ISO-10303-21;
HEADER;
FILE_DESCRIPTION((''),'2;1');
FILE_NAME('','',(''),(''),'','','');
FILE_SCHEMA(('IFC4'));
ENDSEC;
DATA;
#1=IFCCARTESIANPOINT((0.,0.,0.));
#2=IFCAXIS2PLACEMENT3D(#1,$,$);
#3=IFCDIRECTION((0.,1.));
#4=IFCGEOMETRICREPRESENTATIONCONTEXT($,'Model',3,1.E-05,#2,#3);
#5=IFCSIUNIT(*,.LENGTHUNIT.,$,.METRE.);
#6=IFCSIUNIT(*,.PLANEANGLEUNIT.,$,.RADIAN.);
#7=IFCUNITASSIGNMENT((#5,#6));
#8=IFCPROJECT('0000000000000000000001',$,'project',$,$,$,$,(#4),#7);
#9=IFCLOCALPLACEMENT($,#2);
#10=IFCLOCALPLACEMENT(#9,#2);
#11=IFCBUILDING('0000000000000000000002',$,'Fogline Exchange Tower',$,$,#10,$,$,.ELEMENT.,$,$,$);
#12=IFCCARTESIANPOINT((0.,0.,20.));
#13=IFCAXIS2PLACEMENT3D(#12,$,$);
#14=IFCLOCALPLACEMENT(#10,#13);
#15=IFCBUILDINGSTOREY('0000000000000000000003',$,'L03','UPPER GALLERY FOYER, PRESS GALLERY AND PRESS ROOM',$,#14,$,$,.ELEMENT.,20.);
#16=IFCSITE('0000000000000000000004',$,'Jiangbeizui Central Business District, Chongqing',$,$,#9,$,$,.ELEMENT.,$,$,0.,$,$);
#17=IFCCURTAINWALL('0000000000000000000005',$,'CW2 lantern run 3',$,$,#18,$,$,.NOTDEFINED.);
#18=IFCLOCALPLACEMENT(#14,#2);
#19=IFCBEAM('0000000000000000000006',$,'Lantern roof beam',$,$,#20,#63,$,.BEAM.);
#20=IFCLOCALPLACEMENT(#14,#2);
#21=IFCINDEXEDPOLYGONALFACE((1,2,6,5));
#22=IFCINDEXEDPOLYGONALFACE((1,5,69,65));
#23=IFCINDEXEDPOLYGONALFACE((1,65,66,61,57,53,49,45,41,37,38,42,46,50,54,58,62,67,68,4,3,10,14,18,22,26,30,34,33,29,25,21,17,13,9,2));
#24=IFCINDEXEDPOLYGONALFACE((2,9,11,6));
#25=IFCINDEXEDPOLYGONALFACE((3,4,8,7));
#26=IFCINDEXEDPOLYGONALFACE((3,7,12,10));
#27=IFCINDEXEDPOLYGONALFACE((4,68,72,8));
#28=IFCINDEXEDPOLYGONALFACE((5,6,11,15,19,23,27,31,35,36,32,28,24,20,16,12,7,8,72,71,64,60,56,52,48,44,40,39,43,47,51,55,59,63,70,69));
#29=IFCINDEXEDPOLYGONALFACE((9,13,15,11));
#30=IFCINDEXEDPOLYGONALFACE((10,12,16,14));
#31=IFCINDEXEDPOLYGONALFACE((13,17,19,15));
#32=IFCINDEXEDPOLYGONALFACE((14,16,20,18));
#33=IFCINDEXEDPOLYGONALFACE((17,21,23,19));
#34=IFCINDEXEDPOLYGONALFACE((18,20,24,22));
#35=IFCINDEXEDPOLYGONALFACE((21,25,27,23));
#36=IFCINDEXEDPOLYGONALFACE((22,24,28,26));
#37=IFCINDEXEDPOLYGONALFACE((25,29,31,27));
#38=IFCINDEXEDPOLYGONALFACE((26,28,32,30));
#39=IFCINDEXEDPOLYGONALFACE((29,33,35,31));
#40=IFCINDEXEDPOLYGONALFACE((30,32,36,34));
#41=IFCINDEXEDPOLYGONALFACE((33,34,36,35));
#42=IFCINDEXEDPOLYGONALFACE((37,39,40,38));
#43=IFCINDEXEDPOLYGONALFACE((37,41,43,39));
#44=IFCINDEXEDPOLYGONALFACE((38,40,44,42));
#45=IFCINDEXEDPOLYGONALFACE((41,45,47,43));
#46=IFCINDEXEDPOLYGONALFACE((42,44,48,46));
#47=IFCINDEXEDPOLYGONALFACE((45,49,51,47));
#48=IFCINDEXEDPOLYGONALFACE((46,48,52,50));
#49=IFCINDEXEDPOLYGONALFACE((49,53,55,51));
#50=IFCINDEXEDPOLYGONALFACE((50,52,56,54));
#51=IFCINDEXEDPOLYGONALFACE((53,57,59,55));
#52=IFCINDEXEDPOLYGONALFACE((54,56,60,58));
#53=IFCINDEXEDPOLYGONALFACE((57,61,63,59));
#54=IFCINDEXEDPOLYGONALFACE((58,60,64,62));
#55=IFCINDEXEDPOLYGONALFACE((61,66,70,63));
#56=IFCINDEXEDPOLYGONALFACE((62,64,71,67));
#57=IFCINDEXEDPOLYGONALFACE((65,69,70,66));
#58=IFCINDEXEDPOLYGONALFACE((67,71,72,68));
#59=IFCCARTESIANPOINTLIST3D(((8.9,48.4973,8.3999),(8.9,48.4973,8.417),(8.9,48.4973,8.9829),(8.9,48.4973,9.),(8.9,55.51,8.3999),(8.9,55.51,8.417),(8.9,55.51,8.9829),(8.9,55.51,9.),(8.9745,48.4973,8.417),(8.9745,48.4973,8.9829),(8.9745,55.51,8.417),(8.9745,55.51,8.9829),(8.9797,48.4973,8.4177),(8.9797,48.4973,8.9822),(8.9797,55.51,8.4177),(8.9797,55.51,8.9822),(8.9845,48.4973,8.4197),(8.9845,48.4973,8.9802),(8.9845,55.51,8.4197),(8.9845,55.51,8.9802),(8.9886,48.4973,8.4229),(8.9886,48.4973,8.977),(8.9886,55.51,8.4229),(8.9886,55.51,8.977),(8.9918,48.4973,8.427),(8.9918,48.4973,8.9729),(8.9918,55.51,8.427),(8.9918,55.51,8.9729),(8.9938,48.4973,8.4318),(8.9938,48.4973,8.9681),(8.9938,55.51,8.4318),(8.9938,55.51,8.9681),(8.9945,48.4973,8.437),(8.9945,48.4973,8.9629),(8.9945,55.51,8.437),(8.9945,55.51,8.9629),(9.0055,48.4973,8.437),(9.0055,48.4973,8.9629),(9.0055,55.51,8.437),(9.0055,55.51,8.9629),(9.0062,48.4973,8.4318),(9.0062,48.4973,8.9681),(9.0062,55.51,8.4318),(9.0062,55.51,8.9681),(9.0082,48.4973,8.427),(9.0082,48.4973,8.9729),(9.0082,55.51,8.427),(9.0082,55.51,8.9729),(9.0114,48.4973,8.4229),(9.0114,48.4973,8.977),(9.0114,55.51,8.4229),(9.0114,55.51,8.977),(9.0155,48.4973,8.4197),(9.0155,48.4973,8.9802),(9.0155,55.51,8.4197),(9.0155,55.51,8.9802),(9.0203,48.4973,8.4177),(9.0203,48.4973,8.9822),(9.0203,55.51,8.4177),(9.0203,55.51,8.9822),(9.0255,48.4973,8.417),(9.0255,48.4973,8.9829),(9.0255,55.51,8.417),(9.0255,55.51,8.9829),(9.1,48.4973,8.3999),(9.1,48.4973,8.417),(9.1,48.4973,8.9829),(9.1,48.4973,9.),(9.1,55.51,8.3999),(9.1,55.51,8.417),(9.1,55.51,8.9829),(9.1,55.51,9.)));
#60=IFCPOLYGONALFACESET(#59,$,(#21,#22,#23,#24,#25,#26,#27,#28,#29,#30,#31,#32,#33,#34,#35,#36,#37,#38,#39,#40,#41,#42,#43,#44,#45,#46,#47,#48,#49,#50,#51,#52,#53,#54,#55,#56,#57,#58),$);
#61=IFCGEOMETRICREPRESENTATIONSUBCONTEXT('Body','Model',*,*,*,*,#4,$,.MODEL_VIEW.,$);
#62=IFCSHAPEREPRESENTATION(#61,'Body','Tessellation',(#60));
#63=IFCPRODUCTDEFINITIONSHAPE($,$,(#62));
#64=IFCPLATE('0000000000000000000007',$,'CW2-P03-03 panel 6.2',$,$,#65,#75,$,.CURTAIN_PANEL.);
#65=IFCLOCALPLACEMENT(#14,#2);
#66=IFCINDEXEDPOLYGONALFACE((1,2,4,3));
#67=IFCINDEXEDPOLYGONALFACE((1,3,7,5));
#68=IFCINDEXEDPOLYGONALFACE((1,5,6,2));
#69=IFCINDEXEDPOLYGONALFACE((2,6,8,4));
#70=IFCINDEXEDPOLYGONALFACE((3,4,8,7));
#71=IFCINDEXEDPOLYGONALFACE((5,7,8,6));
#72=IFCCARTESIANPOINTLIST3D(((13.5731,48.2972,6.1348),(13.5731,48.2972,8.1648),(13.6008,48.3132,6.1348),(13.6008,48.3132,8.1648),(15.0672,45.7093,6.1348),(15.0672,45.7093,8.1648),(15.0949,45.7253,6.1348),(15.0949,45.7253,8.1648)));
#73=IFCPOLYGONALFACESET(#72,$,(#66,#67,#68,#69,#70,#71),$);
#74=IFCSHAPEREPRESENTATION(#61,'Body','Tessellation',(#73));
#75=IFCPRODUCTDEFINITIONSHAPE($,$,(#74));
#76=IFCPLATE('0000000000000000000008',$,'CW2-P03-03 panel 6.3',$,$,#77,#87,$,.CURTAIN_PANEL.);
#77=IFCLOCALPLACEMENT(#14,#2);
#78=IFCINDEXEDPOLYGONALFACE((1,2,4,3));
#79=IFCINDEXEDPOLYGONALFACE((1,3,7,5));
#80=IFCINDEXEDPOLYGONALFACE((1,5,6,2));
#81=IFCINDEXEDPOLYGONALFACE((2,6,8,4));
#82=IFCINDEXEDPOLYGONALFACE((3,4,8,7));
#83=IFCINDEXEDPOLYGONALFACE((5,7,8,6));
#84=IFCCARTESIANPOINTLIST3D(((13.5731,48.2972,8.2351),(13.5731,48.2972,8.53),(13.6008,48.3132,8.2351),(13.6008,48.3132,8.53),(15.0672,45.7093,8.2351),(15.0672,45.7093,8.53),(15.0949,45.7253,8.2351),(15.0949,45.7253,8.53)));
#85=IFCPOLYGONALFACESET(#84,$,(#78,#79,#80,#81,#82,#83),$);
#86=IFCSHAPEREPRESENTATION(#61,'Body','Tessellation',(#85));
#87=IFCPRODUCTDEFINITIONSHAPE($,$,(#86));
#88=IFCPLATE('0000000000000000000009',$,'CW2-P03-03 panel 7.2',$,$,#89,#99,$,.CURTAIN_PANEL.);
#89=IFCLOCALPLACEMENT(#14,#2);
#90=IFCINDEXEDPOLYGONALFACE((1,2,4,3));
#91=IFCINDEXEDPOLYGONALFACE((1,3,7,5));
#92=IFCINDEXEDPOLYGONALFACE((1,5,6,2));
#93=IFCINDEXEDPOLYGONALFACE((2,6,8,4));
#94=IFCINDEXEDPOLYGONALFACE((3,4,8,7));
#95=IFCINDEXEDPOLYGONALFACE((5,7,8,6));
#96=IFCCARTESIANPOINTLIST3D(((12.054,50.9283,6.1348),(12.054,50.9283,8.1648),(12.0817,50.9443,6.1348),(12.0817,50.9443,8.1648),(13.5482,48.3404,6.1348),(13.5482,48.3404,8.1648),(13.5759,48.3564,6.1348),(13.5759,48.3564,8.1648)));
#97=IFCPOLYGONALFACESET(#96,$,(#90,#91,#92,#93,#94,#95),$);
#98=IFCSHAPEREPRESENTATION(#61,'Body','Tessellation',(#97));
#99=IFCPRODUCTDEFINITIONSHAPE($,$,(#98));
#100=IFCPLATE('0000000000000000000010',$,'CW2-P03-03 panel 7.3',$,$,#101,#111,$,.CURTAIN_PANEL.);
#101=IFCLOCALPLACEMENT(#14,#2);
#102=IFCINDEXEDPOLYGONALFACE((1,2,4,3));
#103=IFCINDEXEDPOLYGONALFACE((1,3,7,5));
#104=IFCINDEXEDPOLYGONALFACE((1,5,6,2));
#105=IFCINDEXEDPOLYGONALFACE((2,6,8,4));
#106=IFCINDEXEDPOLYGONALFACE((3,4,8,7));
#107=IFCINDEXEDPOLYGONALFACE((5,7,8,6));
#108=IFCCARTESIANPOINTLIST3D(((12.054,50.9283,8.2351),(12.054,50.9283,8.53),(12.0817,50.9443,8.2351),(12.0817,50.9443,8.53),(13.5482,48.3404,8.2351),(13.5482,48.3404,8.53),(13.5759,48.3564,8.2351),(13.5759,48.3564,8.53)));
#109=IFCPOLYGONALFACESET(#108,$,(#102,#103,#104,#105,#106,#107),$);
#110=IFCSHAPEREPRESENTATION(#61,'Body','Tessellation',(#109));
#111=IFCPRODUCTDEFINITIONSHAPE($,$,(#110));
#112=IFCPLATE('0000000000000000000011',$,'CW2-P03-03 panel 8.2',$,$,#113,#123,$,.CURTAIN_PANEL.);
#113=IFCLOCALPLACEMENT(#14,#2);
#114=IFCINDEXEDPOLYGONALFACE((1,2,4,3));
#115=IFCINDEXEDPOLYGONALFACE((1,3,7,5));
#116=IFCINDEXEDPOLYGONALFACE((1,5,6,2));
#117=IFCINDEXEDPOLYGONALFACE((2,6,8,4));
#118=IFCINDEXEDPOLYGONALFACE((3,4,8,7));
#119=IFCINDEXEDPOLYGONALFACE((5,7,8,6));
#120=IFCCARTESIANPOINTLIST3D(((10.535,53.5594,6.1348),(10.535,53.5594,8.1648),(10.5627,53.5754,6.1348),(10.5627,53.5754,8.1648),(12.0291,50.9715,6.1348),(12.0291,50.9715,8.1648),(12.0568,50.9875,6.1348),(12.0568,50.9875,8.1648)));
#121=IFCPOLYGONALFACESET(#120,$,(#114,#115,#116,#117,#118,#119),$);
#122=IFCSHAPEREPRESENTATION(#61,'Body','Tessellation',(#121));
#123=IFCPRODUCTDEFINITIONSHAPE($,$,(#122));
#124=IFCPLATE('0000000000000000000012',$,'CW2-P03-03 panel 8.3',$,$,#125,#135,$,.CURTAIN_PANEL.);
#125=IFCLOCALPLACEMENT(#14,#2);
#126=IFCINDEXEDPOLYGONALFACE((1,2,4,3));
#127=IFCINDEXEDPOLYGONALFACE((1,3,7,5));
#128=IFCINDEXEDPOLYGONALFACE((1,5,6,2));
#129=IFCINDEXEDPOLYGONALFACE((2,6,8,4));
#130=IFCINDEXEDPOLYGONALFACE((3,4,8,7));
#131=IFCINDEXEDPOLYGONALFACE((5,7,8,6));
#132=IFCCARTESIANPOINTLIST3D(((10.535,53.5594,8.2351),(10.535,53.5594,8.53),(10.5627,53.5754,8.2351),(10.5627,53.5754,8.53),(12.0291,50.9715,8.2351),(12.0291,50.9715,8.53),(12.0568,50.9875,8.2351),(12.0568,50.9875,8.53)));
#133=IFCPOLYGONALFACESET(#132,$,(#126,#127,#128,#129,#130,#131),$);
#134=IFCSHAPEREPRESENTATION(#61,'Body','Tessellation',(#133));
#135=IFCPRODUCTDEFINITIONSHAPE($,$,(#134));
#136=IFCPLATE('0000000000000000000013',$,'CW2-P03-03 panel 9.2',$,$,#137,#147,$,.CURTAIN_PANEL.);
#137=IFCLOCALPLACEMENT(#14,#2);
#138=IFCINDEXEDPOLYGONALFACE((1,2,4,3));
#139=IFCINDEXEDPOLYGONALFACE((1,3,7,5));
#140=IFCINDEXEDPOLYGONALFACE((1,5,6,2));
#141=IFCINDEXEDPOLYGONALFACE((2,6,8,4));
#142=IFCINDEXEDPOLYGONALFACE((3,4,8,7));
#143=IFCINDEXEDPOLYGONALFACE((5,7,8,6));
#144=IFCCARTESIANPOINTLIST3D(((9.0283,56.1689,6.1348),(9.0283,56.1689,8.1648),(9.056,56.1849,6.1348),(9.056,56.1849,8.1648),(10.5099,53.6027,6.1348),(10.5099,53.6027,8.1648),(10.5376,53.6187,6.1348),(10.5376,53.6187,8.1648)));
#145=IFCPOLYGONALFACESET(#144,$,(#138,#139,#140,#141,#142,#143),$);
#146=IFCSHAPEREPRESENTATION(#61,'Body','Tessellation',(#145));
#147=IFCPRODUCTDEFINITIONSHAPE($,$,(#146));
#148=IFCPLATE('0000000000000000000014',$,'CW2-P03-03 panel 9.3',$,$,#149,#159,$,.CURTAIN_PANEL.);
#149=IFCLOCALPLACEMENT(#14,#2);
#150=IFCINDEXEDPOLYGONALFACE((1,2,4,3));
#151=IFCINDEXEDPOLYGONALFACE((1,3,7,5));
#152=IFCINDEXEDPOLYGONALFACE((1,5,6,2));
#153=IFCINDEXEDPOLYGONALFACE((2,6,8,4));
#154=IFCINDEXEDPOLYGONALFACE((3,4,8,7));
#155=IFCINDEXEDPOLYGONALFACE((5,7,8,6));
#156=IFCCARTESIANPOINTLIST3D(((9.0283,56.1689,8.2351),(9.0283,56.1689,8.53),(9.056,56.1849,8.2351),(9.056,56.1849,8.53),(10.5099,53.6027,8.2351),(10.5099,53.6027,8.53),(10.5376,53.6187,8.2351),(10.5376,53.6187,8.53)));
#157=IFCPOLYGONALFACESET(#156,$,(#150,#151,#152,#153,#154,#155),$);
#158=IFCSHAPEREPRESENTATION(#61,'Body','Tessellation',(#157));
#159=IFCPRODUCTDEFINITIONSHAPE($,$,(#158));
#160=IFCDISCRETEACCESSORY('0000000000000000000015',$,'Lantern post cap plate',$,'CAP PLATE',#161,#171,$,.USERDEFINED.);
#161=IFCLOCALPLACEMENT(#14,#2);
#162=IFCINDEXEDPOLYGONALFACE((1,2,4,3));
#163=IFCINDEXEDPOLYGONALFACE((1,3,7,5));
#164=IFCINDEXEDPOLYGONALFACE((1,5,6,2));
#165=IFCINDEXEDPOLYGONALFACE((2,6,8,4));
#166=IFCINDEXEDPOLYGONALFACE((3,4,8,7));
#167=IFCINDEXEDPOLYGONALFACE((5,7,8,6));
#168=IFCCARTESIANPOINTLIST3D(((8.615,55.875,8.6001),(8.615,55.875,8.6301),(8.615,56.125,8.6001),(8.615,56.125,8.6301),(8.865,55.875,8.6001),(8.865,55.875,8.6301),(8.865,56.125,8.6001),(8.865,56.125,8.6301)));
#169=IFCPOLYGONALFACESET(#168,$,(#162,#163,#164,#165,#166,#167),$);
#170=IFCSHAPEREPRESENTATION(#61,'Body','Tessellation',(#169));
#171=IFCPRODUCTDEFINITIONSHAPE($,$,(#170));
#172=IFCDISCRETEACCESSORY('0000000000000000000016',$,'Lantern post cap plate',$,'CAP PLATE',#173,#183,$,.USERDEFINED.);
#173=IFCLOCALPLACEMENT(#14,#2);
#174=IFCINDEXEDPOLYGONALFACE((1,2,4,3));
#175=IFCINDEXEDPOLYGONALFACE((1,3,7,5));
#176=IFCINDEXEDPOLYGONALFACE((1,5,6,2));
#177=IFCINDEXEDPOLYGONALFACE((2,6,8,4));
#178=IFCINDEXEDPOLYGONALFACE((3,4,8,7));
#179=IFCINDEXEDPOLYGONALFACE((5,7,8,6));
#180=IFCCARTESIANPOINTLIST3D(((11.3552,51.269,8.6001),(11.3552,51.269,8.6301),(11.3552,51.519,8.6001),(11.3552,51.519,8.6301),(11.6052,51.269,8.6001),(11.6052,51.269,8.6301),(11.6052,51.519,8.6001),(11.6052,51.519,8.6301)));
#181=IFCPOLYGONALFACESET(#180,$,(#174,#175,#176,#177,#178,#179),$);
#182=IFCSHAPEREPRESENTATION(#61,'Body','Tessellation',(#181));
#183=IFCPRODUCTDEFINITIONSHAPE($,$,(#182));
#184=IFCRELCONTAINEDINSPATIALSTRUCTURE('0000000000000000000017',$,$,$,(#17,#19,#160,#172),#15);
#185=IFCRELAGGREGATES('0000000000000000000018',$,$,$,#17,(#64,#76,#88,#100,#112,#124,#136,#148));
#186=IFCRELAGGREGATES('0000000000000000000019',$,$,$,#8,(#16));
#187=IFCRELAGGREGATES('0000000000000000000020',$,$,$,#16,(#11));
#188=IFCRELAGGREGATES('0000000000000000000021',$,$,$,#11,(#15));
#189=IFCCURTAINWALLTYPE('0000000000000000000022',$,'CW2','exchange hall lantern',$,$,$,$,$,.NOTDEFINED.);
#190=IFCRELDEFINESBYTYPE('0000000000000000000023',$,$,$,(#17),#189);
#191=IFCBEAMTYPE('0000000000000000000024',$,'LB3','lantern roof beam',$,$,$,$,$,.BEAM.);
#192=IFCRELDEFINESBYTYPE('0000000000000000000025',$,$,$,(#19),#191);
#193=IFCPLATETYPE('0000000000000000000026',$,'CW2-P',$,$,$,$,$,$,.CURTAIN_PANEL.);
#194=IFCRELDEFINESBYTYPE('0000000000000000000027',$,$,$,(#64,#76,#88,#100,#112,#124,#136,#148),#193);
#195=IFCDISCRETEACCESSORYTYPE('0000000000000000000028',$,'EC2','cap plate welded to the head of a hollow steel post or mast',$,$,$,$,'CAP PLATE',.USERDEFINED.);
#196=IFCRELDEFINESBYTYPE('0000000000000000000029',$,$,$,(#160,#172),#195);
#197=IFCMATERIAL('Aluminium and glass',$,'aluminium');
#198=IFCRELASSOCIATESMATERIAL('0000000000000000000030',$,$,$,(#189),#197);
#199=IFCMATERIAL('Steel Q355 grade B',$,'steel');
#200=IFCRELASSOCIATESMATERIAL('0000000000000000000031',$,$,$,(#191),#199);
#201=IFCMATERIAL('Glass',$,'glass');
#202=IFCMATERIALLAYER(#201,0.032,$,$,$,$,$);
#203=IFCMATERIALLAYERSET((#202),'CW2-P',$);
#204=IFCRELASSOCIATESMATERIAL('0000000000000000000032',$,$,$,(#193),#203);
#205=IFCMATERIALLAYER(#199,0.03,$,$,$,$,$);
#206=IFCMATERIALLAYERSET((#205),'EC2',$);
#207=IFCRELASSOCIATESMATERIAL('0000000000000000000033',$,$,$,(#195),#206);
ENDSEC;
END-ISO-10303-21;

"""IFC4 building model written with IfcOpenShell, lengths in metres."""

from ifc_helpers import new_model, si_unit, direction, frame, origin, origin_2d, place, context, subcontext, project, spatial, rectangle, i_section, extrude, material, layer, layer_set, material_profile, profile_set, type_object, element, aggregate, save


model = new_model("IFC4")

# Units and contexts
model_context = context("Model", 3, precision=1e-05, world=origin(), true_north=direction((0.0, 1.0)))
body_context = subcontext(model_context, "Body", "Model", "MODEL_VIEW")
ifc_project = project(units=[si_unit("LENGTHUNIT", "METRE"), si_unit("PLANEANGLEUNIT", "RADIAN")], contexts=[model_context])

# Site, building, storey
site_placement = place(None, origin())
site = spatial("IfcSite", under=ifc_project, at=site_placement, Name="Jiangbeizui Central Business District, Chongqing", CompositionType="ELEMENT", RefElevation=0.0)
building_placement = place(site_placement, origin())
building = spatial("IfcBuilding", under=site, at=building_placement, Name="Fogline Exchange Tower", CompositionType="ELEMENT")
storey_placement = place(building_placement, frame((0.0, 0.0, 20.0)))
storey = spatial("IfcBuildingStorey", under=building, at=storey_placement, Name="L03", Description="UPPER GALLERY FOYER, PRESS GALLERY AND PRESS ROOM", CompositionType="ELEMENT", Elevation=20.0)

# Curtain wall
ifc_material_1 = material(Name="Aluminium and glass", Category="aluminium")
curtain_wall_type = type_object("IfcCurtainWallType", Name="CW2", Description="exchange hall lantern", PredefinedType="NOTDEFINED", material=ifc_material_1)
curtain_wall_1_placement = place(storey_placement, origin())
curtain_wall_1 = element("IfcCurtainWall", 1, at=curtain_wall_1_placement, inside=storey, type_object=curtain_wall_type, Name="CW2 lantern run 3", PredefinedType="NOTDEFINED")

# Beam
ifc_material_2 = material(Name="Steel Q355 grade B", Category="steel")
ifc_material_profile_1 = material_profile(ifc_material_2, i_section(OverallWidth=0.2, OverallDepth=0.6001, WebThickness=0.011, FlangeThickness=0.0171, FilletRadius=0.02, at=origin_2d()), Name="HN600X200X11X17")
ifc_profile_set_1 = profile_set([ifc_material_profile_1], Name="Steel Q355 grade B")
beam_type_1 = type_object("IfcBeamType", Name="LB3", Description="lantern roof beam", PredefinedType="BEAM", material=ifc_profile_set_1)
beam_1_placement = place(storey_placement, frame((9.0, 48.4973, 8.7), z_axis=(0.0, 1.0, 0.0), x_axis=(-1.0, 0.0, 0.0)))
element("IfcBeam", 2, at=beam_1_placement, inside=storey, type_object=beam_type_1, Name="Lantern roof beam", PredefinedType="BEAM", context=body_context, shape_type="SweptSolid", body=[
    extrude(i_section(OverallWidth=0.2, OverallDepth=0.6001, WebThickness=0.011, FlangeThickness=0.0171, FilletRadius=0.02, at=origin_2d()), origin(), (0.0, 0.0, 1.0), 7.0127),
])

# Plates
ifc_material_3 = material(Name="Glass", Category="glass")
ifc_layer_1 = layer(ifc_material_3, 0.032)
ifc_layer_set_1 = layer_set([ifc_layer_1], Name="CW2-P")
plate_type = type_object("IfcPlateType", Name="CW2-P", PredefinedType="CURTAIN_PANEL", material=ifc_layer_set_1)
plate_1_placement = place(storey_placement, frame((14.334, 47.0112, 6.1348), z_axis=(0.0, 0.0, 1.0), x_axis=(-0.5, 0.866025, 0.0)))
plate_1 = element("IfcPlate", 3, at=plate_1_placement, type_object=plate_type, Name="CW2-P03-03 panel 6.2", PredefinedType="CURTAIN_PANEL", context=body_context, shape_type="SweptSolid", body=[
    extrude(rectangle(XDim=2.9883, YDim=0.032, at=origin_2d()), origin(), (0.0, 0.0, 1.0), 2.03),
])
plate_2_placement = place(storey_placement, frame((14.334, 47.0112, 8.2351), z_axis=(0.0, 0.0, 1.0), x_axis=(-0.5, 0.866025, 0.0)))
plate_2 = element("IfcPlate", 4, at=plate_2_placement, type_object=plate_type, Name="CW2-P03-03 panel 6.3", PredefinedType="CURTAIN_PANEL", context=body_context, shape_type="SweptSolid", body=[
    extrude(rectangle(XDim=2.9883, YDim=0.032, at=origin_2d()), origin(), (0.0, 0.0, 1.0), 0.2949),
])
plate_3_placement = place(storey_placement, frame((12.8149, 49.6423, 6.1348), z_axis=(0.0, 0.0, 1.0), x_axis=(-0.5, 0.866025, 0.0)))
plate_3 = element("IfcPlate", 5, at=plate_3_placement, type_object=plate_type, Name="CW2-P03-03 panel 7.2", PredefinedType="CURTAIN_PANEL", context=body_context, shape_type="SweptSolid", body=[
    extrude(rectangle(XDim=2.9883, YDim=0.032, at=origin_2d()), origin(), (0.0, 0.0, 1.0), 2.03),
])
plate_4_placement = place(storey_placement, frame((12.8149, 49.6423, 8.2351), z_axis=(0.0, 0.0, 1.0), x_axis=(-0.5, 0.866025, 0.0)))
plate_4 = element("IfcPlate", 6, at=plate_4_placement, type_object=plate_type, Name="CW2-P03-03 panel 7.3", PredefinedType="CURTAIN_PANEL", context=body_context, shape_type="SweptSolid", body=[
    extrude(rectangle(XDim=2.9883, YDim=0.032, at=origin_2d()), origin(), (0.0, 0.0, 1.0), 0.2949),
])
plate_5_placement = place(storey_placement, frame((11.2959, 52.2734, 6.1348), z_axis=(0.0, 0.0, 1.0), x_axis=(-0.5, 0.866025, 0.0)))
plate_5 = element("IfcPlate", 7, at=plate_5_placement, type_object=plate_type, Name="CW2-P03-03 panel 8.2", PredefinedType="CURTAIN_PANEL", context=body_context, shape_type="SweptSolid", body=[
    extrude(rectangle(XDim=2.9883, YDim=0.032, at=origin_2d()), origin(), (0.0, 0.0, 1.0), 2.03),
])
plate_6_placement = place(storey_placement, frame((11.2959, 52.2734, 8.2351), z_axis=(0.0, 0.0, 1.0), x_axis=(-0.5, 0.866025, 0.0)))
plate_6 = element("IfcPlate", 8, at=plate_6_placement, type_object=plate_type, Name="CW2-P03-03 panel 8.3", PredefinedType="CURTAIN_PANEL", context=body_context, shape_type="SweptSolid", body=[
    extrude(rectangle(XDim=2.9883, YDim=0.032, at=origin_2d()), origin(), (0.0, 0.0, 1.0), 0.2949),
])
plate_7_placement = place(storey_placement, frame((9.783, 54.8938, 6.1348), z_axis=(0.0, 0.0, 1.0), x_axis=(-0.5, 0.866025, 0.0)))
plate_7 = element("IfcPlate", 9, at=plate_7_placement, type_object=plate_type, Name="CW2-P03-03 panel 9.2", PredefinedType="CURTAIN_PANEL", context=body_context, shape_type="SweptSolid", body=[
    extrude(rectangle(XDim=2.9631, YDim=0.032, at=origin_2d()), origin(), (0.0, 0.0, 1.0), 2.03),
])
plate_8_placement = place(storey_placement, frame((9.783, 54.8938, 8.2351), z_axis=(0.0, 0.0, 1.0), x_axis=(-0.5, 0.866025, 0.0)))
plate_8 = element("IfcPlate", 10, at=plate_8_placement, type_object=plate_type, Name="CW2-P03-03 panel 9.3", PredefinedType="CURTAIN_PANEL", context=body_context, shape_type="SweptSolid", body=[
    extrude(rectangle(XDim=2.9631, YDim=0.032, at=origin_2d()), origin(), (0.0, 0.0, 1.0), 0.2949),
])
aggregate(curtain_wall_1, [plate_1, plate_2, plate_3, plate_4, plate_5, plate_6, plate_7, plate_8])

# Discrete accessories
ifc_layer_2 = layer(ifc_material_2, 0.03)
ifc_layer_set_2 = layer_set([ifc_layer_2], Name="EC2")
discrete_accessory_type = type_object("IfcDiscreteAccessoryType", Name="EC2", Description="cap plate welded to the head of a hollow steel post or mast", ElementType="CAP PLATE", PredefinedType="USERDEFINED", material=ifc_layer_set_2)
for number, where, z_axis, x_axis, name in (
    (11, (8.74, 56.0, 8.6001), (0.0, 0.0, 1.0), (1.0, 0.0, 0.0), "Lantern post cap plate"),
    (12, (11.4802, 51.394, 8.6001), (0.0, 0.0, 1.0), (1.0, 0.0, 0.0), "Lantern post cap plate"),
):
    element("IfcDiscreteAccessory", number, at=place(storey_placement, frame(where, z_axis=z_axis, x_axis=x_axis)), inside=storey, type_object=discrete_accessory_type, Name=name, ObjectType="CAP PLATE", PredefinedType="USERDEFINED", context=body_context, shape_type="SweptSolid", body=[
        extrude(rectangle(XDim=0.25, YDim=0.25, at=origin_2d()), origin(), (0.0, 0.0, 1.0), 0.03),
    ])

save(model, "model.ifc")
